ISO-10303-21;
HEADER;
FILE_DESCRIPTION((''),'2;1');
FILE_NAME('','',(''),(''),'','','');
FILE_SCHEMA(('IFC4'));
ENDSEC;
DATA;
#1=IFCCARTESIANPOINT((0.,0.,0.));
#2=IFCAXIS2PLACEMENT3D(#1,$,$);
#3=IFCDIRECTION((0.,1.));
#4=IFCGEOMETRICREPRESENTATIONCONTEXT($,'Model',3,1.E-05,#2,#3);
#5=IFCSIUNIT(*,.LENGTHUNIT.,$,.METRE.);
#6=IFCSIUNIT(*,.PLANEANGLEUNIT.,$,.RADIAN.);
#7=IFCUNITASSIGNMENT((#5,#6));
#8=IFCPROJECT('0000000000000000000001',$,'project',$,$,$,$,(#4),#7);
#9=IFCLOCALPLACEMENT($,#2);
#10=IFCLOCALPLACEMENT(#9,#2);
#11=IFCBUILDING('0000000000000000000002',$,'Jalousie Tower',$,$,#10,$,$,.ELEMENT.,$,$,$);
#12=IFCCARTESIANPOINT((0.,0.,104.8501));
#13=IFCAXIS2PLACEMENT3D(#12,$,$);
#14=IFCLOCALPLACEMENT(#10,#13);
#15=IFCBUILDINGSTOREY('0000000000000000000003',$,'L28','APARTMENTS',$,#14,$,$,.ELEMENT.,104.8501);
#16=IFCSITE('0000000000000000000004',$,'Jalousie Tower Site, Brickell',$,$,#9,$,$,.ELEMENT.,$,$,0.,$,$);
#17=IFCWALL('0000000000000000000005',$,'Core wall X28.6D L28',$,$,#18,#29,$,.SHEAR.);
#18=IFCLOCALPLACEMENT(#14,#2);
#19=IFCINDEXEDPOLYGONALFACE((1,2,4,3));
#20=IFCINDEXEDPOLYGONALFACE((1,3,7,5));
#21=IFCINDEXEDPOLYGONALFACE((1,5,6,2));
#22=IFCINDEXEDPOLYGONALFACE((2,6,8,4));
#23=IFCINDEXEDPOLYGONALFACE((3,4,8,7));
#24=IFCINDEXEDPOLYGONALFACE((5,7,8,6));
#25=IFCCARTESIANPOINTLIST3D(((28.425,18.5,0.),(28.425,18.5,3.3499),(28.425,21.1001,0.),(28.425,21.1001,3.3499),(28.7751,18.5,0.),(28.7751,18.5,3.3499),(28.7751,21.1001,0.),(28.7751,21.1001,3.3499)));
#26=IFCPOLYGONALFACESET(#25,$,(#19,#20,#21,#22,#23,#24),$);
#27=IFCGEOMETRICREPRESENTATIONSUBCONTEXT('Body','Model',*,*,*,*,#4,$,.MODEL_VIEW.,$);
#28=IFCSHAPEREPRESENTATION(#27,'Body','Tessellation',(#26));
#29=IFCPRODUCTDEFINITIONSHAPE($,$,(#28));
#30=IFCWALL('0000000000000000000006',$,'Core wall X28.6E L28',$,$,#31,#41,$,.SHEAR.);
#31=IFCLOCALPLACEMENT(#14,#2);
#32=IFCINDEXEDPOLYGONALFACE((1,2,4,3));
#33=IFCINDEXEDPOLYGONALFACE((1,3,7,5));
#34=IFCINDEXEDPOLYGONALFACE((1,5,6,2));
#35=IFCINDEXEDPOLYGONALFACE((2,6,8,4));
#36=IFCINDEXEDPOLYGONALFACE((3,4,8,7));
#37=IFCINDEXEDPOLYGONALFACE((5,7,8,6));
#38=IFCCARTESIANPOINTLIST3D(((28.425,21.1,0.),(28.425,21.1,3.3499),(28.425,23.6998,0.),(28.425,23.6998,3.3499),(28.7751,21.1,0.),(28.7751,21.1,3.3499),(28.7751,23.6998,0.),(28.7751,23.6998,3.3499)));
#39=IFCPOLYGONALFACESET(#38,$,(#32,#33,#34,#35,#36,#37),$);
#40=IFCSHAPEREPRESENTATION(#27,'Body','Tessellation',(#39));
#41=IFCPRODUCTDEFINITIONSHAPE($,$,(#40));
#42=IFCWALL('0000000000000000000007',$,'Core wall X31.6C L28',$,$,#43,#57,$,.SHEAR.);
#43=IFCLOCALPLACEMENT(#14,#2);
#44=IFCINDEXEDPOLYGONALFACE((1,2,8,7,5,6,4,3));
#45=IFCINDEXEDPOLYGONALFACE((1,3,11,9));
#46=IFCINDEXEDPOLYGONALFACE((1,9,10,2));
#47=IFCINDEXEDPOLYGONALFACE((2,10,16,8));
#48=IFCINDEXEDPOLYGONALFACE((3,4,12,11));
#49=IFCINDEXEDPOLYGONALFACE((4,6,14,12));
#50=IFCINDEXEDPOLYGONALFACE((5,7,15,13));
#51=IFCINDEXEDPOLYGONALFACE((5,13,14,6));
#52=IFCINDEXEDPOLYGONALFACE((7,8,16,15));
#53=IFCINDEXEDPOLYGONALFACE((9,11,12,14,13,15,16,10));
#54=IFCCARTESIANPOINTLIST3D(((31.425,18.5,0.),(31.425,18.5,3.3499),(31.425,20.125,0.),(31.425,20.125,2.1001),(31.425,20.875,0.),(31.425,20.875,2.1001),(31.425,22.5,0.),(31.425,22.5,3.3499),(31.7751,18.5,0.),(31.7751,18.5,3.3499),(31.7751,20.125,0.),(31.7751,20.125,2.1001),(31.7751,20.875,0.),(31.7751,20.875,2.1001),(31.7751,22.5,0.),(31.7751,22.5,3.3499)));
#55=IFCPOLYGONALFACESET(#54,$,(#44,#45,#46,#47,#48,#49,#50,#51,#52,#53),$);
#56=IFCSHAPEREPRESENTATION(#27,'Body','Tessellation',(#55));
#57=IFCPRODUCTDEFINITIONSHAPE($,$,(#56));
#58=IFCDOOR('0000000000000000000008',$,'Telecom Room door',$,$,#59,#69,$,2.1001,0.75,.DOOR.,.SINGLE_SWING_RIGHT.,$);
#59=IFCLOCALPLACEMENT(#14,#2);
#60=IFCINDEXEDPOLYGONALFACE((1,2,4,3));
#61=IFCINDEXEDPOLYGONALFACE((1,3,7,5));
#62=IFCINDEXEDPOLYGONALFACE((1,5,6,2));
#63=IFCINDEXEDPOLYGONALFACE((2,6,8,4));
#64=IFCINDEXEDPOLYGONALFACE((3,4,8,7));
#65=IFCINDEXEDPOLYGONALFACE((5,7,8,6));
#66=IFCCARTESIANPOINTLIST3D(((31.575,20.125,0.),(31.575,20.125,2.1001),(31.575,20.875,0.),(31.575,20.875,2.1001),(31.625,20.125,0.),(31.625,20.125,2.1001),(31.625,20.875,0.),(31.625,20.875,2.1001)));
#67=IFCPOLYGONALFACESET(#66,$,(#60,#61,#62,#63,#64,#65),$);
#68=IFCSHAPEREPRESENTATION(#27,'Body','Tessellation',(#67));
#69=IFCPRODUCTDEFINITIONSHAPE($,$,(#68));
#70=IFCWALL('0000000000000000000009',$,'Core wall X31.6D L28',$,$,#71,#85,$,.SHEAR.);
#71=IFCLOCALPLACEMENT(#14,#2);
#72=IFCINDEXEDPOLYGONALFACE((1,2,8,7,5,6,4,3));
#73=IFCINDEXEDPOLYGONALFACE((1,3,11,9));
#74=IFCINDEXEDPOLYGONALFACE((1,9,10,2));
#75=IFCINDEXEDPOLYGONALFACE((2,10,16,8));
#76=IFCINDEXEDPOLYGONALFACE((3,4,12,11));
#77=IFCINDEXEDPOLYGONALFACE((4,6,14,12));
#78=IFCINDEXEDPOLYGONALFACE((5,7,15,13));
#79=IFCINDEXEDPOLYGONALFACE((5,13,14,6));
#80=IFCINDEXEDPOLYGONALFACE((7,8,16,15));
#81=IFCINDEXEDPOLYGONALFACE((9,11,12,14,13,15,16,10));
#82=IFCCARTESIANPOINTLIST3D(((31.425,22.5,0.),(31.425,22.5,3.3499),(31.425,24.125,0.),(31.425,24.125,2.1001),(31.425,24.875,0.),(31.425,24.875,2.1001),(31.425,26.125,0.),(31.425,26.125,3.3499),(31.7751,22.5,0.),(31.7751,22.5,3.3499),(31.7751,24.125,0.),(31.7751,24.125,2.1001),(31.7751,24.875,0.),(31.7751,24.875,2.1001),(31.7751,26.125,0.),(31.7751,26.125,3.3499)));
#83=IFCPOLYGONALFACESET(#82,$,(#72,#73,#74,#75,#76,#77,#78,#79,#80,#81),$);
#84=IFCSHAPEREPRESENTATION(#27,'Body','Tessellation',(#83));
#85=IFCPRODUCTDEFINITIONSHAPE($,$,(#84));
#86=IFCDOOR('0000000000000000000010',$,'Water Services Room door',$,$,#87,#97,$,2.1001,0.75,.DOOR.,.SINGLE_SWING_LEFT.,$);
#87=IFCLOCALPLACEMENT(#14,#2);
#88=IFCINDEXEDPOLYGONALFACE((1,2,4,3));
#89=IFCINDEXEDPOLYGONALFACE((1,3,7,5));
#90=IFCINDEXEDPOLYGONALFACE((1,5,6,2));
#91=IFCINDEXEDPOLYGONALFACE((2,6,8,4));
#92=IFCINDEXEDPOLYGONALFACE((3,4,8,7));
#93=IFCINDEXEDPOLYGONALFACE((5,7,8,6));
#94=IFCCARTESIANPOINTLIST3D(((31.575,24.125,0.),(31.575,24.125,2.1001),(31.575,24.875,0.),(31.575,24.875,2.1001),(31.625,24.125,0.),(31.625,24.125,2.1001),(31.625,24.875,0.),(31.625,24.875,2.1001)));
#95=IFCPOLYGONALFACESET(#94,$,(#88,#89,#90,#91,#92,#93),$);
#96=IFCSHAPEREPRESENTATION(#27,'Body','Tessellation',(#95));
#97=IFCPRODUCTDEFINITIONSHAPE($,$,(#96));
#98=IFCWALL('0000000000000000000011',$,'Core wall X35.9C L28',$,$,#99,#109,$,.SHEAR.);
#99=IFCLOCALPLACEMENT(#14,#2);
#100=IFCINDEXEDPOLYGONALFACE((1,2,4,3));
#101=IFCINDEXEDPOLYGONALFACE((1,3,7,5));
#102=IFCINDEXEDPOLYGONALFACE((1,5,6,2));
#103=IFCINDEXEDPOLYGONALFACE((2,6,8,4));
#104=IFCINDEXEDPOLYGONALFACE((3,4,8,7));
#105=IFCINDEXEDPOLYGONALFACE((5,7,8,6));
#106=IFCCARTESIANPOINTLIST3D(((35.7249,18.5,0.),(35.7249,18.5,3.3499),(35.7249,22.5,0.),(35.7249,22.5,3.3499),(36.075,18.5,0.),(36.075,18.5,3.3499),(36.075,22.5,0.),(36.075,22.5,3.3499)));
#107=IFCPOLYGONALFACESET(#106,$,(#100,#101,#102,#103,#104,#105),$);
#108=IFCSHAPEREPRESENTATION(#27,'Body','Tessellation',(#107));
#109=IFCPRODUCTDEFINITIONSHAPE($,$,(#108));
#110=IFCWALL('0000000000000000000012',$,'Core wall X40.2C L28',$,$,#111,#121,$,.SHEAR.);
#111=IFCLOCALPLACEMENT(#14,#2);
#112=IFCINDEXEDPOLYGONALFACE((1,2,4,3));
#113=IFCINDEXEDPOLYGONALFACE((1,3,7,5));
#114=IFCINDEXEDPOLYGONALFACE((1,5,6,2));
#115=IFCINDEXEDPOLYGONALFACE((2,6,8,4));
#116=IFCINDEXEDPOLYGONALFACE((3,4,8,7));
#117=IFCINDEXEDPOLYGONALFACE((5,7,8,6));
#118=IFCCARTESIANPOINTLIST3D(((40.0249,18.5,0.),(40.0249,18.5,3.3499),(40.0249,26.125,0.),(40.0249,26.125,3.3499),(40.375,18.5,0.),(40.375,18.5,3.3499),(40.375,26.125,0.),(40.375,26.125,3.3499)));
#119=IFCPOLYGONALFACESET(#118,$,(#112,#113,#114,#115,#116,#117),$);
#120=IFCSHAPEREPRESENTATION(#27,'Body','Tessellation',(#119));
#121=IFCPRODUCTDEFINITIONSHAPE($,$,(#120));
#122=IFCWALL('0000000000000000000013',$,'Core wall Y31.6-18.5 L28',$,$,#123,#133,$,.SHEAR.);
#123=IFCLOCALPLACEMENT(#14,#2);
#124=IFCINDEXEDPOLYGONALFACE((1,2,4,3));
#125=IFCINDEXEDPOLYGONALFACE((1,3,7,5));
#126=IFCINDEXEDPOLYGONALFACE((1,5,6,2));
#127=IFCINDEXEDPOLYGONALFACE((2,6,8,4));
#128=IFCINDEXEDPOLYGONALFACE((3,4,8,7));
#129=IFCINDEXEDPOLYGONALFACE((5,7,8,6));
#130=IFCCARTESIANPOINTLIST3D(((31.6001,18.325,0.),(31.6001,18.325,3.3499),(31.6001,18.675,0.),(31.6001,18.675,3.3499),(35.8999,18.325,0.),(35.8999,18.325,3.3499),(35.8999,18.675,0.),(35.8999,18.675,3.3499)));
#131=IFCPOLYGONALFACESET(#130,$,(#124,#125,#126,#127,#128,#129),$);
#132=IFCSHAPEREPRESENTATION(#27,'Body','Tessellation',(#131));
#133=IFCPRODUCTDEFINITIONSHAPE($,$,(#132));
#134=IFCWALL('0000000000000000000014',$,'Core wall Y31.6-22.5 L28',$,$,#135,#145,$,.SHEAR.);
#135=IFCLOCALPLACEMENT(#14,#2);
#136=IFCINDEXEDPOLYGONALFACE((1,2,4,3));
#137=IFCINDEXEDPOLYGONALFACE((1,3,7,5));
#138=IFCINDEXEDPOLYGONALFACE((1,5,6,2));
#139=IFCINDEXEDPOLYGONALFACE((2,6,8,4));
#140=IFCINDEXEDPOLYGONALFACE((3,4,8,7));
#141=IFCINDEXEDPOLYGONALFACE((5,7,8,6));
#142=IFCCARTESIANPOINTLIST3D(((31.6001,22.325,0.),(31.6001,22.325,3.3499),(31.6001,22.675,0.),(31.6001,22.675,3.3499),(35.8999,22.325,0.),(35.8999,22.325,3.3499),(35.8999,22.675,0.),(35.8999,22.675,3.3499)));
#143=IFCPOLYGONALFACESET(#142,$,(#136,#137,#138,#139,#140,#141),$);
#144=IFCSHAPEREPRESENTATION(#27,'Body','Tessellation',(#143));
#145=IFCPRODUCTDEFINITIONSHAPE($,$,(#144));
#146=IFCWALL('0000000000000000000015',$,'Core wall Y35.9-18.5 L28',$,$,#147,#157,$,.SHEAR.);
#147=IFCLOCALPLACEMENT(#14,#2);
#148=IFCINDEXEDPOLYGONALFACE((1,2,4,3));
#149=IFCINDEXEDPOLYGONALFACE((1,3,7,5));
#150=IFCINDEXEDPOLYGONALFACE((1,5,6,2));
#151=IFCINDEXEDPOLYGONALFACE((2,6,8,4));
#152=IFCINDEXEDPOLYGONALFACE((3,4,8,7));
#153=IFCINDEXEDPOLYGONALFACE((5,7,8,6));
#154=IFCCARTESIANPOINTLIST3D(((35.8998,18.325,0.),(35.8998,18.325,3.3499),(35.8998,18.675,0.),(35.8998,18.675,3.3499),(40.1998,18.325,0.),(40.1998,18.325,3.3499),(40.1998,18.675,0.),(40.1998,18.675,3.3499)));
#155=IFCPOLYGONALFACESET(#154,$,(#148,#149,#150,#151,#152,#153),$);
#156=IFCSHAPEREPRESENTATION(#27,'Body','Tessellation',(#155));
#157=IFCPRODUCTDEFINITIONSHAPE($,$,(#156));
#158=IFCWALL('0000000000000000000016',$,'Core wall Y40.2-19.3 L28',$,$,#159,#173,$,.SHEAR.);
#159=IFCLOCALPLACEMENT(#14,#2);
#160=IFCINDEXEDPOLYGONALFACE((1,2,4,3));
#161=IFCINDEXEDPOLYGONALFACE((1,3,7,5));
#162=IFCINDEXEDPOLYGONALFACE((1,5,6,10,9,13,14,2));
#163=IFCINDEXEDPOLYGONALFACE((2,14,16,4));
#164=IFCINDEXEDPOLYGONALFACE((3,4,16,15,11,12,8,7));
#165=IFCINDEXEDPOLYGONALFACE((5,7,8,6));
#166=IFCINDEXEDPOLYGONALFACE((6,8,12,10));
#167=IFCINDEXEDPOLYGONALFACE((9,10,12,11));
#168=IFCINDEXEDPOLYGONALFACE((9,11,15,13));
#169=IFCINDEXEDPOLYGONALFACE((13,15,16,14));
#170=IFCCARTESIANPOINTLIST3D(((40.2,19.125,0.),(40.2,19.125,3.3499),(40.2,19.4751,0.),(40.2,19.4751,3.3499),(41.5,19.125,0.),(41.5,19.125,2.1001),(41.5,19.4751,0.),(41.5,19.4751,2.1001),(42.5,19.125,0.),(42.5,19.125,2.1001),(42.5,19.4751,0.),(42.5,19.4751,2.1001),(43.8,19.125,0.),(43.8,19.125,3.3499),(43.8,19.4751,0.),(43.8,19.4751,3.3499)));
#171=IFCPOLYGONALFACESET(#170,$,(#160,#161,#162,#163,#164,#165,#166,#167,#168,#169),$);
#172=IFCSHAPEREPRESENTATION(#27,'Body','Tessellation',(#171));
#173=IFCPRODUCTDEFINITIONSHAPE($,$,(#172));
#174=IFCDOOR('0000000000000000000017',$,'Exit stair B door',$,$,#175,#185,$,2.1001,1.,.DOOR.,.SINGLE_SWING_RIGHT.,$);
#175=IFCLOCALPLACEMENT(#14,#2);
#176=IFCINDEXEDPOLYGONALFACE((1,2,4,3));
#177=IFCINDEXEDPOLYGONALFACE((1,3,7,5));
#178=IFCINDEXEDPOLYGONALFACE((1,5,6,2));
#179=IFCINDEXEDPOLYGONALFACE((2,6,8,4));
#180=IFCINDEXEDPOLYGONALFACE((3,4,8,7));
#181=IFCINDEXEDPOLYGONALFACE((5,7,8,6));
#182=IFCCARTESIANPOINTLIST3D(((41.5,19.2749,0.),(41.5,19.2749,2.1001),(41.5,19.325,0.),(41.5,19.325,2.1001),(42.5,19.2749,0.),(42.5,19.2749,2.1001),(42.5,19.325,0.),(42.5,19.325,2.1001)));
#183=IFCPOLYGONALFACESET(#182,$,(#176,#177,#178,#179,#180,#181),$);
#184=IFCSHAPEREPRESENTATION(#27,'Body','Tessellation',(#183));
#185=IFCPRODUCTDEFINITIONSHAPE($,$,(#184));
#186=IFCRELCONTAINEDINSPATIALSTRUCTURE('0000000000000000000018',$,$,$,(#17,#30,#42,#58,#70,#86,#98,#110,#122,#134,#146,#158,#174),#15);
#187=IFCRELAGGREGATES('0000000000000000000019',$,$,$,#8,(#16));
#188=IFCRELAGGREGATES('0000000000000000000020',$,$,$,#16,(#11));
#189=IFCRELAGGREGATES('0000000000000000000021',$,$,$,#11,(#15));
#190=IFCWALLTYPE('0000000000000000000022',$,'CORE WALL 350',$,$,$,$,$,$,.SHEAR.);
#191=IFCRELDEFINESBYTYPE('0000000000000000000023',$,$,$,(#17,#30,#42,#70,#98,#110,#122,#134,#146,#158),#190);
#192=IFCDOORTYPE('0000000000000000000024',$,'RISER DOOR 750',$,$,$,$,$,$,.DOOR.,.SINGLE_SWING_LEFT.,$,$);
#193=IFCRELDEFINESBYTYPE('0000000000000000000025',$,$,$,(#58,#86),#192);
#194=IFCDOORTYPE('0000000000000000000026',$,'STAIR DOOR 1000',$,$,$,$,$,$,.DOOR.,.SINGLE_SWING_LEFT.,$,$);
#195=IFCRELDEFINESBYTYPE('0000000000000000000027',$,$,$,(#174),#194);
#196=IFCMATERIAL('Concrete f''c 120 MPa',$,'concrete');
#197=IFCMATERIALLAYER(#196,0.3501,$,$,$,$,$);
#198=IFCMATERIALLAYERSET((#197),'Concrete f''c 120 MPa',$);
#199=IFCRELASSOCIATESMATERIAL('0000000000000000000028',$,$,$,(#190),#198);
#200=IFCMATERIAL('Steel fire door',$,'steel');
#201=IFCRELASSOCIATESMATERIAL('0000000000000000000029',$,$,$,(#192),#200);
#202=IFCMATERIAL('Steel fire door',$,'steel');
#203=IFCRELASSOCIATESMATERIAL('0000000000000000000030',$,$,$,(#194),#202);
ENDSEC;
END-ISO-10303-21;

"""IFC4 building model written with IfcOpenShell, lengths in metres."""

from ifc_helpers import new_model, si_unit, direction, frame, frame_2d, origin, place, context, subcontext, project, spatial, rectangle, extrude, material, layer, layer_set, type_object, element, fill, save


model = new_model("IFC4")

# Units and contexts
model_context = context("Model", 3, precision=1e-05, world=origin(), true_north=direction((0.0, 1.0)))
body_context = subcontext(model_context, "Body", "Model", "MODEL_VIEW")
ifc_project = project(units=[si_unit("LENGTHUNIT", "METRE"), si_unit("PLANEANGLEUNIT", "RADIAN")], contexts=[model_context])

# Site, building, storey
site_placement = place(None, origin())
site = spatial("IfcSite", under=ifc_project, at=site_placement, Name="Jalousie Tower Site, Brickell", CompositionType="ELEMENT", RefElevation=0.0)
building_placement = place(site_placement, origin())
building = spatial("IfcBuilding", under=site, at=building_placement, Name="Jalousie Tower", CompositionType="ELEMENT")
storey_placement = place(building_placement, frame((0.0, 0.0, 104.8501)))
storey = spatial("IfcBuildingStorey", under=building, at=storey_placement, Name="L28", Description="APARTMENTS", CompositionType="ELEMENT", Elevation=104.8501)

# Walls
ifc_material_1 = material(Name="Concrete f'c 120 MPa", Category="concrete")
ifc_layer = layer(ifc_material_1, 0.3501)
ifc_layer_set = layer_set([ifc_layer], Name="Concrete f'c 120 MPa")
wall_type_1 = type_object("IfcWallType", Name="CORE WALL 350", PredefinedType="SHEAR", material=ifc_layer_set)
wall_1_placement = place(storey_placement, frame((28.6001, 18.5, 0.0), z_axis=(0.0, 0.0, 1.0), x_axis=(0.0, 1.0, 0.0)))
element("IfcWall", 1, at=wall_1_placement, inside=storey, type_object=wall_type_1, Name="Core wall X28.6D L28", PredefinedType="SHEAR", context=body_context, shape_type="SweptSolid", body=[
    extrude(rectangle(XDim=2.6001, YDim=0.3501, at=frame_2d((1.3, 0.0))), origin(), (0.0, 0.0, 1.0), 3.3499),
])
wall_2_placement = place(storey_placement, frame((28.6001, 21.1001, 0.0), z_axis=(0.0, 0.0, 1.0), x_axis=(0.0, 1.0, 0.0)))
element("IfcWall", 2, at=wall_2_placement, inside=storey, type_object=wall_type_1, Name="Core wall X28.6E L28", PredefinedType="SHEAR", context=body_context, shape_type="SweptSolid", body=[
    extrude(rectangle(XDim=2.5999, YDim=0.3501, at=frame_2d((1.2998, 0.0))), origin(), (0.0, 0.0, 1.0), 3.3499),
])

# Walls, openings, doors
wall_3_placement = place(storey_placement, frame((31.6001, 18.5, 0.0), z_axis=(0.0, 0.0, 1.0), x_axis=(0.0, 1.0, 0.0)))
wall_3 = element("IfcWall", 3, at=wall_3_placement, inside=storey, type_object=wall_type_1, Name="Core wall X31.6C L28", PredefinedType="SHEAR", context=body_context, shape_type="SweptSolid", body=[
    extrude(rectangle(XDim=4.0, YDim=0.3501, at=frame_2d((2.0, 0.0))), origin(), (0.0, 0.0, 1.0), 3.3499),
])
opening_1_placement = place(wall_3_placement, frame((1.625, 0.0, 0.0)))
opening_1 = element("IfcOpeningElement", 4, at=opening_1_placement, cuts=wall_3, PredefinedType="OPENING", context=body_context, shape_type="SweptSolid", body=[
    extrude(rectangle(XDim=0.75, YDim=2.1001, at=frame_2d((0.375, 1.05))), frame((0.0, 0.1851, 0.0), z_axis=(0.0, -1.0, 0.0), x_axis=(1.0, 0.0, 0.0)), (0.0, 0.0, 1.0), 0.3701),
])
ifc_material_2 = material(Name="Steel fire door", Category="steel")
door_type_1 = type_object("IfcDoorType", Name="RISER DOOR 750", OperationType="SINGLE_SWING_LEFT", PredefinedType="DOOR", material=ifc_material_2)
door_1_placement = place(opening_1_placement, frame((0.75, 0.0, 0.0), z_axis=(0.0, 0.0, 1.0), x_axis=(-1.0, 0.0, 0.0)))
door_1 = element("IfcDoor", 5, at=door_1_placement, inside=storey, type_object=door_type_1, Name="Telecom Room door", OperationType="SINGLE_SWING_RIGHT", OverallHeight=2.1001, OverallWidth=0.75, PredefinedType="DOOR", context=body_context, shape_type="SweptSolid", body=[
    extrude(rectangle(XDim=0.75, YDim=2.1001, at=frame_2d((0.375, 1.05))), frame((0.0, 0.0249, 0.0), z_axis=(0.0, -1.0, 0.0), x_axis=(1.0, 0.0, 0.0)), (0.0, 0.0, 1.0), 0.05),
])
fill(opening_1, door_1)
wall_4_placement = place(storey_placement, frame((31.6001, 22.5, 0.0), z_axis=(0.0, 0.0, 1.0), x_axis=(0.0, 1.0, 0.0)))
wall_4 = element("IfcWall", 6, at=wall_4_placement, inside=storey, type_object=wall_type_1, Name="Core wall X31.6D L28", PredefinedType="SHEAR", context=body_context, shape_type="SweptSolid", body=[
    extrude(rectangle(XDim=3.625, YDim=0.3501, at=frame_2d((1.8125, 0.0))), origin(), (0.0, 0.0, 1.0), 3.3499),
])
opening_2_placement = place(wall_4_placement, frame((1.625, 0.0, 0.0)))
opening_2 = element("IfcOpeningElement", 7, at=opening_2_placement, cuts=wall_4, PredefinedType="OPENING", context=body_context, shape_type="SweptSolid", body=[
    extrude(rectangle(XDim=0.75, YDim=2.1001, at=frame_2d((0.375, 1.05))), frame((0.0, 0.1851, 0.0), z_axis=(0.0, -1.0, 0.0), x_axis=(1.0, 0.0, 0.0)), (0.0, 0.0, 1.0), 0.3701),
])
door_2_placement = place(opening_2_placement, frame((0.75, 0.0, 0.0), z_axis=(0.0, 0.0, 1.0), x_axis=(-1.0, 0.0, 0.0)))
door_2 = element("IfcDoor", 8, at=door_2_placement, inside=storey, type_object=door_type_1, Name="Water Services Room door", OperationType="SINGLE_SWING_LEFT", OverallHeight=2.1001, OverallWidth=0.75, PredefinedType="DOOR", context=body_context, shape_type="SweptSolid", body=[
    extrude(rectangle(XDim=0.75, YDim=2.1001, at=frame_2d((0.375, 1.05))), frame((0.0, 0.0249, 0.0), z_axis=(0.0, -1.0, 0.0), x_axis=(1.0, 0.0, 0.0)), (0.0, 0.0, 1.0), 0.05),
])
fill(opening_2, door_2)

# Walls
wall_5_placement = place(storey_placement, frame((35.8999, 18.5, 0.0), z_axis=(0.0, 0.0, 1.0), x_axis=(0.0, 1.0, 0.0)))
element("IfcWall", 9, at=wall_5_placement, inside=storey, type_object=wall_type_1, Name="Core wall X35.9C L28", PredefinedType="SHEAR", context=body_context, shape_type="SweptSolid", body=[
    extrude(rectangle(XDim=4.0, YDim=0.3501, at=frame_2d((2.0, 0.0))), origin(), (0.0, 0.0, 1.0), 3.3499),
])
wall_6_placement = place(storey_placement, frame((40.2, 18.5, 0.0), z_axis=(0.0, 0.0, 1.0), x_axis=(0.0, 1.0, 0.0)))
element("IfcWall", 10, at=wall_6_placement, inside=storey, type_object=wall_type_1, Name="Core wall X40.2C L28", PredefinedType="SHEAR", context=body_context, shape_type="SweptSolid", body=[
    extrude(rectangle(XDim=7.625, YDim=0.3501, at=frame_2d((3.8125, 0.0))), origin(), (0.0, 0.0, 1.0), 3.3499),
])
for number, where, z_axis, x_axis, name in (
    (11, (31.6001, 18.5, 0.0), (0.0, 0.0, 1.0), (1.0, 0.0, 0.0), "Core wall Y31.6-18.5 L28"),
    (12, (31.6001, 22.5, 0.0), (0.0, 0.0, 1.0), (1.0, 0.0, 0.0), "Core wall Y31.6-22.5 L28"),
):
    element("IfcWall", number, at=place(storey_placement, frame(where, z_axis=z_axis, x_axis=x_axis)), inside=storey, type_object=wall_type_1, Name=name, PredefinedType="SHEAR", context=body_context, shape_type="SweptSolid", body=[
        extrude(rectangle(XDim=4.2998, YDim=0.3501, at=frame_2d((2.1499, 0.0))), origin(), (0.0, 0.0, 1.0), 3.3499),
    ])
wall_7_placement = place(storey_placement, frame((35.8999, 18.5, 0.0), z_axis=(0.0, 0.0, 1.0), x_axis=(1.0, 0.0, 0.0)))
element("IfcWall", 13, at=wall_7_placement, inside=storey, type_object=wall_type_1, Name="Core wall Y35.9-18.5 L28", PredefinedType="SHEAR", context=body_context, shape_type="SweptSolid", body=[
    extrude(rectangle(XDim=4.3, YDim=0.3501, at=frame_2d((2.1499, 0.0))), origin(), (0.0, 0.0, 1.0), 3.3499),
])

# Wall, opening, door
wall_8_placement = place(storey_placement, frame((40.2, 19.3, 0.0), z_axis=(0.0, 0.0, 1.0), x_axis=(1.0, 0.0, 0.0)))
wall_8 = element("IfcWall", 14, at=wall_8_placement, inside=storey, type_object=wall_type_1, Name="Core wall Y40.2-19.3 L28", PredefinedType="SHEAR", context=body_context, shape_type="SweptSolid", body=[
    extrude(rectangle(XDim=3.6001, YDim=0.3501, at=frame_2d((1.8, 0.0))), origin(), (0.0, 0.0, 1.0), 3.3499),
])
opening_3_placement = place(wall_8_placement, frame((1.3, 0.0, 0.0)))
opening_3 = element("IfcOpeningElement", 15, at=opening_3_placement, cuts=wall_8, PredefinedType="OPENING", context=body_context, shape_type="SweptSolid", body=[
    extrude(rectangle(XDim=1.0, YDim=2.1001, at=frame_2d((0.5, 1.05))), frame((0.0, 0.1851, 0.0), z_axis=(0.0, -1.0, 0.0), x_axis=(1.0, 0.0, 0.0)), (0.0, 0.0, 1.0), 0.3701),
])
ifc_material_3 = material(Name="Steel fire door", Category="steel")
door_type_2 = type_object("IfcDoorType", Name="STAIR DOOR 1000", OperationType="SINGLE_SWING_LEFT", PredefinedType="DOOR", material=ifc_material_3)
door_3_placement = place(opening_3_placement, origin())
door_3 = element("IfcDoor", 16, at=door_3_placement, inside=storey, type_object=door_type_2, Name="Exit stair B door", OperationType="SINGLE_SWING_RIGHT", OverallHeight=2.1001, OverallWidth=1.0, PredefinedType="DOOR", context=body_context, shape_type="SweptSolid", body=[
    extrude(rectangle(XDim=1.0, YDim=2.1001, at=frame_2d((0.5, 1.05))), frame((0.0, 0.0249, 0.0), z_axis=(0.0, -1.0, 0.0), x_axis=(1.0, 0.0, 0.0)), (0.0, 0.0, 1.0), 0.05),
])
fill(opening_3, door_3)

save(model, "model.ifc")
